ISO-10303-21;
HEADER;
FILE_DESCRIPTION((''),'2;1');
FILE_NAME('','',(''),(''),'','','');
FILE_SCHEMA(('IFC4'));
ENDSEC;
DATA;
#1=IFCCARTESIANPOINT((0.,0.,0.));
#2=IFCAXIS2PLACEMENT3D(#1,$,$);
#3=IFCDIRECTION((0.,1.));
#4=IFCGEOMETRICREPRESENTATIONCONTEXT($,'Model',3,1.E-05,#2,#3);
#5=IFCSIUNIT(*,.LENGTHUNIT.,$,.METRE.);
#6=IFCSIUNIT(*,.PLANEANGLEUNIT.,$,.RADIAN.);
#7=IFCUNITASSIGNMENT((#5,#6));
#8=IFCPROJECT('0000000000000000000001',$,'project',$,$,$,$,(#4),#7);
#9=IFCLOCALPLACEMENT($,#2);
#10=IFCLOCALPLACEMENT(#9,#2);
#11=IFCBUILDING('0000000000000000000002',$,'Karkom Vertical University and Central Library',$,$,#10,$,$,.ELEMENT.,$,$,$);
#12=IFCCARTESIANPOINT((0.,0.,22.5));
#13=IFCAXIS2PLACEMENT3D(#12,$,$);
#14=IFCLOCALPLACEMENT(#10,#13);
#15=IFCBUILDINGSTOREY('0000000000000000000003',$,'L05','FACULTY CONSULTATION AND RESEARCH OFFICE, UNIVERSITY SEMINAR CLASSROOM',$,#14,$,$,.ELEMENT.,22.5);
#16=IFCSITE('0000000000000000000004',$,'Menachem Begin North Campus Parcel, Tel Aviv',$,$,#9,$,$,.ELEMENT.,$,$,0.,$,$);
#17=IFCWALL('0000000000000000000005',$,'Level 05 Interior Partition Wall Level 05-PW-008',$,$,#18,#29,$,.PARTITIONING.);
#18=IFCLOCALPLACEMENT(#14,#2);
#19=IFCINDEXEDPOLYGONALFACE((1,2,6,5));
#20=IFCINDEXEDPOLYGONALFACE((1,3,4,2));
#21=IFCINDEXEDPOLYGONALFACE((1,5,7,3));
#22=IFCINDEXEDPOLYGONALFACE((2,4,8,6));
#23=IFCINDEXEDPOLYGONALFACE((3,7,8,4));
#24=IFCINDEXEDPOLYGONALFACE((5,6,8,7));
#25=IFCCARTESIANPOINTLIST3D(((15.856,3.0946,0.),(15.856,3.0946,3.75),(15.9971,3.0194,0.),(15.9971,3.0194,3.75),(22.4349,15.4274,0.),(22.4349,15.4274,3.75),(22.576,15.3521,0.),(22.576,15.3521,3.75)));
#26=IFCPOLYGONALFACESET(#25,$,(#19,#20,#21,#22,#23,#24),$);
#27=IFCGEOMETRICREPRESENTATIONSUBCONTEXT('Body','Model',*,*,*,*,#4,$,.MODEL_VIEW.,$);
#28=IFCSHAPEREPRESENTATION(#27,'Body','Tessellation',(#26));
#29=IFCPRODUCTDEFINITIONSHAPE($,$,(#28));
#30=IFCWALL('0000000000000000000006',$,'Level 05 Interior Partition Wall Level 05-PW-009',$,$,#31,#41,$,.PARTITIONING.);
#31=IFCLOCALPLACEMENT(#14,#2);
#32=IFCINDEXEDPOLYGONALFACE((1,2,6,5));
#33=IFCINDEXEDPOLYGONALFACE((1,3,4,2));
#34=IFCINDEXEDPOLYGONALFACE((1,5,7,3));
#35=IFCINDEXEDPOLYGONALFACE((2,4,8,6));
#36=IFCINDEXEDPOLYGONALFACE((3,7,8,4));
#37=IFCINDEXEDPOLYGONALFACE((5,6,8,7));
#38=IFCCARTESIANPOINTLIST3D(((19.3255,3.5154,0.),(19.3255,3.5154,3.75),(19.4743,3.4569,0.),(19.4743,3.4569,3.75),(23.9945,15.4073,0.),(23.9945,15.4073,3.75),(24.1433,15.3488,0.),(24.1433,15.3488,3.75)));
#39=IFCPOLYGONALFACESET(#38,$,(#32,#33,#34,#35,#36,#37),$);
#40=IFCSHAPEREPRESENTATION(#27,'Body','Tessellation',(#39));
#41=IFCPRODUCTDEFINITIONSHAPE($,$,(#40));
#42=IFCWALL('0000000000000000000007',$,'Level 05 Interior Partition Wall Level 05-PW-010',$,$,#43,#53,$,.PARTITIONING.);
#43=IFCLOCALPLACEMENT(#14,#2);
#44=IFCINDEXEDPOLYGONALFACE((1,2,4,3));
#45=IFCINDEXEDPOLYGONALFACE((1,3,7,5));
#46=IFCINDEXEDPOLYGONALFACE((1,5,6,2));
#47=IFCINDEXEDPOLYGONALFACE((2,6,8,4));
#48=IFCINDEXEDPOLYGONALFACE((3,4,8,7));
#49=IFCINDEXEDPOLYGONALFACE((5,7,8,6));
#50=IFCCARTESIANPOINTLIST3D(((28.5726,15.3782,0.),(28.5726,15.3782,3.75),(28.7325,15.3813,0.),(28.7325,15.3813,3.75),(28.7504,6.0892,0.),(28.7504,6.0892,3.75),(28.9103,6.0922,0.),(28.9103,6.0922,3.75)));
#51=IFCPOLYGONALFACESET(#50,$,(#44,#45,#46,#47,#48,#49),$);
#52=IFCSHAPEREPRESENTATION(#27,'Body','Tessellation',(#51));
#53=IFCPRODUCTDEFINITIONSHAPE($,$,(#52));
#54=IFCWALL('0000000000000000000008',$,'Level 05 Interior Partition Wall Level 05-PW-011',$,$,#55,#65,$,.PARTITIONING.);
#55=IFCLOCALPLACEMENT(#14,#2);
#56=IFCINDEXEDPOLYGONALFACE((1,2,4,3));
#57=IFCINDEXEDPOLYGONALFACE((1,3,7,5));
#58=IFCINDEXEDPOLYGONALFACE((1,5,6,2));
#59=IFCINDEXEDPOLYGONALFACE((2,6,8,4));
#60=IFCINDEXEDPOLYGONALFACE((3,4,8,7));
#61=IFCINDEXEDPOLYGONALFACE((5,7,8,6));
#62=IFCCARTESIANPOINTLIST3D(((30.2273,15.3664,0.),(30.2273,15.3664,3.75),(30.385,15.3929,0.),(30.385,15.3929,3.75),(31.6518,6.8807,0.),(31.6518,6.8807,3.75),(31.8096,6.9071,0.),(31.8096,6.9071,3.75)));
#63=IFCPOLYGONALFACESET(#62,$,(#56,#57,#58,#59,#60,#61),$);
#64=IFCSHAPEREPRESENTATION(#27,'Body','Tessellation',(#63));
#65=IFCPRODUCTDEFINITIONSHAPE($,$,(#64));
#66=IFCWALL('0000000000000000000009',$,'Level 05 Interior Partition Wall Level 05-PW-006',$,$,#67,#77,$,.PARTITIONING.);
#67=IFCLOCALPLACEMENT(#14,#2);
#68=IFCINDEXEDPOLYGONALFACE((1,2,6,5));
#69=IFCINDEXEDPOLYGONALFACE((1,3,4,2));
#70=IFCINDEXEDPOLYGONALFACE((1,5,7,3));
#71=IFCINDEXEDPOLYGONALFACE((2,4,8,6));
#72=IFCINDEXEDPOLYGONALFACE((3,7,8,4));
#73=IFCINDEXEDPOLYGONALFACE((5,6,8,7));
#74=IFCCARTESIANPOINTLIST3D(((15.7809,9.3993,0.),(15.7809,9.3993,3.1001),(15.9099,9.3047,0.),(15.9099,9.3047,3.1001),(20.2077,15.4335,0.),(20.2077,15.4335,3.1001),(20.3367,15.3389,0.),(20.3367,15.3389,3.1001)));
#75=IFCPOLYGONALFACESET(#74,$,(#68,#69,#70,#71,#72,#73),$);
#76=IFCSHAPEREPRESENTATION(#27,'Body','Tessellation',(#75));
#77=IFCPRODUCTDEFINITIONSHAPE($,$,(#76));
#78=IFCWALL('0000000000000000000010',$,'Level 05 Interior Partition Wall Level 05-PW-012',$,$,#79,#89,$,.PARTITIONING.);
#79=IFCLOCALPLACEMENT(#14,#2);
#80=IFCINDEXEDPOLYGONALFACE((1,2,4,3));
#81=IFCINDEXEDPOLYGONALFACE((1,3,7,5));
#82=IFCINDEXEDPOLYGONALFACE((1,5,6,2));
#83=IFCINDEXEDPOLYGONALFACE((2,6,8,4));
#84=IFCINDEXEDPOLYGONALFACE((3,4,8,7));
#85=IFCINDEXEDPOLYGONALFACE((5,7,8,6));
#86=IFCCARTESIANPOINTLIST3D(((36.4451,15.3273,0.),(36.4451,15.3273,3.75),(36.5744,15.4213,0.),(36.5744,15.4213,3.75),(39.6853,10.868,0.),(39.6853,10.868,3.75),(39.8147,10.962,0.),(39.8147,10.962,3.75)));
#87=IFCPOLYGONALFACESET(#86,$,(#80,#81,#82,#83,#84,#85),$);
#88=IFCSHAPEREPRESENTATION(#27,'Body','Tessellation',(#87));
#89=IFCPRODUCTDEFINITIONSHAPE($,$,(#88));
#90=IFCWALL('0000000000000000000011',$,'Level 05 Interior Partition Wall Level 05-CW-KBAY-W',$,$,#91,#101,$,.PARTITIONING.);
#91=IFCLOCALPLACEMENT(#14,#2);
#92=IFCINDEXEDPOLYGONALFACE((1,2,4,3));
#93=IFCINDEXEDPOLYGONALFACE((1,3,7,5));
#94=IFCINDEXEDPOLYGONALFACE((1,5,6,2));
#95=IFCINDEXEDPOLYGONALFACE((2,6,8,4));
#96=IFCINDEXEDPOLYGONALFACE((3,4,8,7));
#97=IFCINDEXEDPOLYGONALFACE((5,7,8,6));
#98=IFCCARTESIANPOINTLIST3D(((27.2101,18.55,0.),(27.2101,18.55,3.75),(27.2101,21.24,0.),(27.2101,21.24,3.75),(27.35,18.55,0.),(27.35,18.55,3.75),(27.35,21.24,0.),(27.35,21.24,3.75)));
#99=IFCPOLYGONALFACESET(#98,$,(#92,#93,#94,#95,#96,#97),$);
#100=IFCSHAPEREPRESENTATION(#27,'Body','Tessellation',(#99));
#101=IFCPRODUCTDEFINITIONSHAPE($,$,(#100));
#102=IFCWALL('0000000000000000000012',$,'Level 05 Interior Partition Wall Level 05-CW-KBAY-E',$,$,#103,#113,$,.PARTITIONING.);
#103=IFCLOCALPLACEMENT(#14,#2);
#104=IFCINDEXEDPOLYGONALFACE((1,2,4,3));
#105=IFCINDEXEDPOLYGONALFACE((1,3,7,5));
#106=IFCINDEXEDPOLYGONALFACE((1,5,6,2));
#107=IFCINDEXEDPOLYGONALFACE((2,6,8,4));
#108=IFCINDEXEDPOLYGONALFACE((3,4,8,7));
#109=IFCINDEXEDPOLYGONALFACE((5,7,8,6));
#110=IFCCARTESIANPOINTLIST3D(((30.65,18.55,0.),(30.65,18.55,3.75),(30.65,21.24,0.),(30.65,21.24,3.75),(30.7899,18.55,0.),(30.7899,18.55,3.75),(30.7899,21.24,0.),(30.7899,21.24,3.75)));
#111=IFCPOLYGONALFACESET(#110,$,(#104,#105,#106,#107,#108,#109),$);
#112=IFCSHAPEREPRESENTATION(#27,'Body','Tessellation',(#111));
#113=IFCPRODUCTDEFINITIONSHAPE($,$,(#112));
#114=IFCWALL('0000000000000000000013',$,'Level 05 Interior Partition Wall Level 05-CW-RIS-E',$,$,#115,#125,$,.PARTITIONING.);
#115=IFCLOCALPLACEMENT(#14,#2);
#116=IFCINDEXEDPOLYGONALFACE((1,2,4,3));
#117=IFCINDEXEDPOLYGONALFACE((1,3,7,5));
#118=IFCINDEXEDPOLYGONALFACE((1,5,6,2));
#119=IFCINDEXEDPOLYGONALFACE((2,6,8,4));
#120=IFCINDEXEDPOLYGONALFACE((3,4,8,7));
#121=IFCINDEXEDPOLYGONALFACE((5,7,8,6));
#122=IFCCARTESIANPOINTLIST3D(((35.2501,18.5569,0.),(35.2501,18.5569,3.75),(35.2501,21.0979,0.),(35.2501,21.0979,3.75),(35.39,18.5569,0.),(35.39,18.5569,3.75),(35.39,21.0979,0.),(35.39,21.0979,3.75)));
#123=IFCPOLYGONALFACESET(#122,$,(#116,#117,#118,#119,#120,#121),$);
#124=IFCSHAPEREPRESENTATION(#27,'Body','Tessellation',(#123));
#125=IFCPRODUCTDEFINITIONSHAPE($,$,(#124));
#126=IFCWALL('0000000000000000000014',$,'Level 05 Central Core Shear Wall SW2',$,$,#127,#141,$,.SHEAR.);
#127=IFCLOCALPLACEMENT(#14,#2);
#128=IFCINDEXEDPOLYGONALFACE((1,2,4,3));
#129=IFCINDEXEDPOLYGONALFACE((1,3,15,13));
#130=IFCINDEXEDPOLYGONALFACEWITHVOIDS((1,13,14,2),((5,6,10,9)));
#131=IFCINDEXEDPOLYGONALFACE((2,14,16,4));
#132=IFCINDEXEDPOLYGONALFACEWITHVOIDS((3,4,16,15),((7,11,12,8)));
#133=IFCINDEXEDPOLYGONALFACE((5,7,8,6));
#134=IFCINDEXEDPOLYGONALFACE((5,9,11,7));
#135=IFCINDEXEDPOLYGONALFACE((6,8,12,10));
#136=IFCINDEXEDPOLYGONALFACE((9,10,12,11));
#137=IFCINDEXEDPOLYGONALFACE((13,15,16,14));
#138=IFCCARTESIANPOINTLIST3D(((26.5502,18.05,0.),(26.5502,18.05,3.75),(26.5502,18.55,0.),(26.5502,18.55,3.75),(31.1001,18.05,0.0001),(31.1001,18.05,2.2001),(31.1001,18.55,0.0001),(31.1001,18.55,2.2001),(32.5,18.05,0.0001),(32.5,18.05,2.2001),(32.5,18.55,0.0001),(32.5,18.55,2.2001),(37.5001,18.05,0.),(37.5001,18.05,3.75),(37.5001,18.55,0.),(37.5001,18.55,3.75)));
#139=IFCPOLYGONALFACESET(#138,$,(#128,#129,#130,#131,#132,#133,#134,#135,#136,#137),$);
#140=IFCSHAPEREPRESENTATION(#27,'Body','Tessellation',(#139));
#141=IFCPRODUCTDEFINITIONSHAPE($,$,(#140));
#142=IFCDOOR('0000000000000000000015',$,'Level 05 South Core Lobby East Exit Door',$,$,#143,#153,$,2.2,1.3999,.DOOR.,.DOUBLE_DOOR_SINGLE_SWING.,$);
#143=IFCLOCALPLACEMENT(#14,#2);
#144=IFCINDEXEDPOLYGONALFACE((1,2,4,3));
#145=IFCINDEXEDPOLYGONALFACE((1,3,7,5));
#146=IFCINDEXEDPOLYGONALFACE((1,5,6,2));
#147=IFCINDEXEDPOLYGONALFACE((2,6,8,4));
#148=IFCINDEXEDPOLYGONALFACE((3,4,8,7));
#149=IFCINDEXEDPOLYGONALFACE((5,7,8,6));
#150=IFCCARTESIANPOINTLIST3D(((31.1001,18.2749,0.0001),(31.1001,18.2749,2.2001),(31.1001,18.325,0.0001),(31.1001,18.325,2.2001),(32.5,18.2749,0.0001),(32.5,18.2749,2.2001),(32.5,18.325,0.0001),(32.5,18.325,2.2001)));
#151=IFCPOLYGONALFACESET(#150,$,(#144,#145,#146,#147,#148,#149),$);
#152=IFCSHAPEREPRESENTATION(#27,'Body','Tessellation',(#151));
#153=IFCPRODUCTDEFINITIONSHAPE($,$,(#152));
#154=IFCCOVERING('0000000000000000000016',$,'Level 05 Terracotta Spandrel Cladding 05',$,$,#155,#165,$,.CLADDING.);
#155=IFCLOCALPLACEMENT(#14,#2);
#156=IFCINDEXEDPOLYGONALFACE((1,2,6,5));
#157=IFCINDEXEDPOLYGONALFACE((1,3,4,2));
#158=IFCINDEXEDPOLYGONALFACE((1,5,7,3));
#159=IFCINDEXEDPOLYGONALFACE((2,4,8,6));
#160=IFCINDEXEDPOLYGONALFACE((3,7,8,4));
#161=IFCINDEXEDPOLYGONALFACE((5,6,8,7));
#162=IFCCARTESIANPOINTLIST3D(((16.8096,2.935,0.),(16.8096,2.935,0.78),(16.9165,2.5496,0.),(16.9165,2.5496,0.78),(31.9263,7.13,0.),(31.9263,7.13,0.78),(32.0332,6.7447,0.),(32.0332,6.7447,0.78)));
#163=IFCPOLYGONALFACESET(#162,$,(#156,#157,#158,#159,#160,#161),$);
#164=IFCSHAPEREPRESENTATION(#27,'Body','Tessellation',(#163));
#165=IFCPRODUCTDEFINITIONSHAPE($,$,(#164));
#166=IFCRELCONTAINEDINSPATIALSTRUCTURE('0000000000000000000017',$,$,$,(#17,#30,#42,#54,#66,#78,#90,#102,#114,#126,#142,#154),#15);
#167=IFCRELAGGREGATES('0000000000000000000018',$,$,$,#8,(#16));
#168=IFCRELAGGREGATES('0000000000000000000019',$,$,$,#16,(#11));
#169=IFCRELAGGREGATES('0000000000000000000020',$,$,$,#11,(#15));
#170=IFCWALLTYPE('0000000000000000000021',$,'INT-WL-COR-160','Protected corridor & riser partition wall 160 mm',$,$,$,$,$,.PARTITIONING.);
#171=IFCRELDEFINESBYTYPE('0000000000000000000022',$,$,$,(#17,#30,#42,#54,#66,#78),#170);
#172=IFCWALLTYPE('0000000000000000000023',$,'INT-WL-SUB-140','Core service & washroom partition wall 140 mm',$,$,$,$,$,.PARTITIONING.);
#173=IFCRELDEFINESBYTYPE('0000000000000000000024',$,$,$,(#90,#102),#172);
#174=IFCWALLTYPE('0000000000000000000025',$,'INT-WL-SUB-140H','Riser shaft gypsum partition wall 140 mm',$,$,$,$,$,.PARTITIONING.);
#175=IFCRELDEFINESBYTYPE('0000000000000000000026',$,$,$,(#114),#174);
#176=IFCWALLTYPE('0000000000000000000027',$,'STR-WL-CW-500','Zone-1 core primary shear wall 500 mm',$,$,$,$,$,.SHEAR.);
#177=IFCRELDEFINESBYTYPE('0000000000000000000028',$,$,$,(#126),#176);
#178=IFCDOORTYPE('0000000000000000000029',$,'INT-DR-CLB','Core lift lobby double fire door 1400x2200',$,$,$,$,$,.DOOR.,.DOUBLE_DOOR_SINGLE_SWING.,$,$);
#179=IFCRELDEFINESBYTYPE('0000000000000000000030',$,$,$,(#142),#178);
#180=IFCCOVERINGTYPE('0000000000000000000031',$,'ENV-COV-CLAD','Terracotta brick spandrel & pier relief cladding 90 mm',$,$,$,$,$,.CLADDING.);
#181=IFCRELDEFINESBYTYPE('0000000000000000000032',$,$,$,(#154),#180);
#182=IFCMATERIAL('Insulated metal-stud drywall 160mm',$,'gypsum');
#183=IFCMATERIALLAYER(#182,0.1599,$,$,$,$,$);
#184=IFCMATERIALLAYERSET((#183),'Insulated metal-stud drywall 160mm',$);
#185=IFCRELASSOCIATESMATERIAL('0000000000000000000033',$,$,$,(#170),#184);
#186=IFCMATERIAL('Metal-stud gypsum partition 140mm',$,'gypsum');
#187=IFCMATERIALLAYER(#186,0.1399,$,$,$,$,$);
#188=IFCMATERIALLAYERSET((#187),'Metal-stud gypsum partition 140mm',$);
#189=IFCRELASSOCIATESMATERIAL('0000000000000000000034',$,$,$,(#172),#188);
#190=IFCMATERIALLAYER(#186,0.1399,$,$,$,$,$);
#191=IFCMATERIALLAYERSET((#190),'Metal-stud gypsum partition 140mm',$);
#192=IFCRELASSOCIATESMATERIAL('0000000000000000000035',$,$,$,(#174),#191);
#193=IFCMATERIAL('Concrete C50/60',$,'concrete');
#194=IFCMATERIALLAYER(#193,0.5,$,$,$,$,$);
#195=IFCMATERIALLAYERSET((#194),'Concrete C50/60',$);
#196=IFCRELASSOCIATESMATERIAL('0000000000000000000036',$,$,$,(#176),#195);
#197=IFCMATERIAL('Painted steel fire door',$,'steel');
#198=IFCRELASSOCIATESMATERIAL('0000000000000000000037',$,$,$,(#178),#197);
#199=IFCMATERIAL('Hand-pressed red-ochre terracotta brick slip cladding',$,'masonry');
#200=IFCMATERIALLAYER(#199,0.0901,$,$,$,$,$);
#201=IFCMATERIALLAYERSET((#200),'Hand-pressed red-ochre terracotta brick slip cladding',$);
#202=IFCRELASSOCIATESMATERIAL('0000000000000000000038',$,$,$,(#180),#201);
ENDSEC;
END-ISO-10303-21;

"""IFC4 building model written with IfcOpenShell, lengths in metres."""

from ifc_helpers import new_model, si_unit, direction, frame, frame_2d, origin, origin_with_axes, origin_2d, place, context, subcontext, project, spatial, rectangle, extrude, source, transform, mapped, material, layer, layer_set, type_object, element, fill, save


model = new_model("IFC4")

# Units and contexts
model_context = context("Model", 3, precision=1e-05, world=origin(), true_north=direction((0.0, 1.0)))
body_context = subcontext(model_context, "Body", "Model", "MODEL_VIEW")
ifc_project = project(units=[si_unit("LENGTHUNIT", "METRE"), si_unit("PLANEANGLEUNIT", "RADIAN")], contexts=[model_context])

# Site, building, storey
site_placement = place(None, origin())
site = spatial("IfcSite", under=ifc_project, at=site_placement, Name="Menachem Begin North Campus Parcel, Tel Aviv", CompositionType="ELEMENT", RefElevation=0.0)
building_placement = place(site_placement, origin())
building = spatial("IfcBuilding", under=site, at=building_placement, Name="Karkom Vertical University and Central Library", CompositionType="ELEMENT")
storey_placement = place(building_placement, frame((0.0, 0.0, 22.5)))
storey = spatial("IfcBuildingStorey", under=building, at=storey_placement, Name="L05", Description="FACULTY CONSULTATION AND RESEARCH OFFICE, UNIVERSITY SEMINAR CLASSROOM", CompositionType="ELEMENT", Elevation=22.5)

# Shared definitions
ifc_material_1 = material(Name="Concrete C50/60", Category="concrete")

# Walls
ifc_material_2 = material(Name="Insulated metal-stud drywall 160mm", Category="gypsum")
ifc_layer_1 = layer(ifc_material_2, 0.1599)
ifc_layer_set_1 = layer_set([ifc_layer_1], Name="Insulated metal-stud drywall 160mm")
wall_type_1 = type_object("IfcWallType", Name="INT-WL-COR-160", Description="Protected corridor & riser partition wall 160 mm", PredefinedType="PARTITIONING", material=ifc_layer_set_1)
wall_1_placement = place(storey_placement, frame((22.5054, 15.3896, 0.0), z_axis=(0.0, 0.0, 1.0), x_axis=(-0.470665, -0.882312, 0.0)))
element("IfcWall", 1, at=wall_1_placement, inside=storey, type_object=wall_type_1, Name="Level 05 Interior Partition Wall Level 05-PW-008", PredefinedType="PARTITIONING", context=body_context, shape_type="SweptSolid", body=[
    extrude(rectangle(XDim=13.9778, YDim=0.1599, at=frame_2d((6.9888, 0.0))), origin(), (0.0, 0.0, 1.0), 3.75),
])
wall_2_placement = place(storey_placement, frame((24.0688, 15.3779, 0.0), z_axis=(0.0, 0.0, 1.0), x_axis=(-0.365459, -0.930827, 0.0)))
element("IfcWall", 2, at=wall_2_placement, inside=storey, type_object=wall_type_1, Name="Level 05 Interior Partition Wall Level 05-PW-009", PredefinedType="PARTITIONING", context=body_context, shape_type="SweptSolid", body=[
    extrude(rectangle(XDim=12.7756, YDim=0.1599, at=frame_2d((6.3877, 0.0))), origin(), (0.0, 0.0, 1.0), 3.75),
])
wall_3_placement = place(storey_placement, frame((28.6526, 15.3799, 0.0), z_axis=(0.0, 0.0, 1.0), x_axis=(0.01913, -0.999817, 0.0)))
element("IfcWall", 3, at=wall_3_placement, inside=storey, type_object=wall_type_1, Name="Level 05 Interior Partition Wall Level 05-PW-010", PredefinedType="PARTITIONING", context=body_context, shape_type="SweptSolid", body=[
    extrude(rectangle(XDim=9.2908, YDim=0.1599, at=frame_2d((4.6455, 0.0))), origin(), (0.0, 0.0, 1.0), 3.75),
])
wall_4_placement = place(storey_placement, frame((30.3062, 15.3796, 0.0), z_axis=(0.0, 0.0, 1.0), x_axis=(0.165558, -0.9862, 0.0)))
element("IfcWall", 4, at=wall_4_placement, inside=storey, type_object=wall_type_1, Name="Level 05 Interior Partition Wall Level 05-PW-011", PredefinedType="PARTITIONING", context=body_context, shape_type="SweptSolid", body=[
    extrude(rectangle(XDim=8.6045, YDim=0.1599, at=frame_2d((4.3022, 0.0))), origin(), (0.0, 0.0, 1.0), 3.75),
])
wall_5_placement = place(storey_placement, frame((20.2722, 15.3862, 0.0), z_axis=(0.0, 0.0, 1.0), x_axis=(-0.591511, -0.806297, 0.0)))
element("IfcWall", 5, at=wall_5_placement, inside=storey, type_object=wall_type_1, Name="Level 05 Interior Partition Wall Level 05-PW-006", PredefinedType="PARTITIONING", context=body_context, shape_type="SweptSolid", body=[
    extrude(rectangle(XDim=7.4839, YDim=0.1599, at=frame_2d((3.7419, 0.0))), origin(), (0.0, 0.0, 1.0), 3.1001),
])
wall_6_placement = place(storey_placement, frame((36.5098, 15.3743, 0.0), z_axis=(0.0, 0.0, 1.0), x_axis=(0.587835, -0.808981, 0.0)))
element("IfcWall", 6, at=wall_6_placement, inside=storey, type_object=wall_type_1, Name="Level 05 Interior Partition Wall Level 05-PW-012", PredefinedType="PARTITIONING", context=body_context, shape_type="SweptSolid", body=[
    extrude(rectangle(XDim=5.5122, YDim=0.1599, at=frame_2d((2.7561, 0.0))), origin(), (0.0, 0.0, 1.0), 3.75),
])
ifc_material_3 = material(Name="Metal-stud gypsum partition 140mm", Category="gypsum")
ifc_layer_2 = layer(ifc_material_3, 0.1399)
ifc_layer_set_2 = layer_set([ifc_layer_2], Name="Metal-stud gypsum partition 140mm")
wall_type_2 = type_object("IfcWallType", Name="INT-WL-SUB-140", Description="Core service & washroom partition wall 140 mm", PredefinedType="PARTITIONING", material=ifc_layer_set_2)
for number, where, z_axis, x_axis, name in (
    (7, (27.28, 18.55, 0.0), (0.0, 0.0, 1.0), (0.0, 1.0, 0.0), "Level 05 Interior Partition Wall Level 05-CW-KBAY-W"),
    (8, (30.72, 18.55, 0.0), (0.0, 0.0, 1.0), (0.0, 1.0, 0.0), "Level 05 Interior Partition Wall Level 05-CW-KBAY-E"),
):
    element("IfcWall", number, at=place(storey_placement, frame(where, z_axis=z_axis, x_axis=x_axis)), inside=storey, type_object=wall_type_2, Name=name, PredefinedType="PARTITIONING", context=body_context, shape_type="SweptSolid", body=[
        extrude(rectangle(XDim=2.6899, YDim=0.1399, at=frame_2d((1.345, 0.0))), origin(), (0.0, 0.0, 1.0), 3.75),
    ])
ifc_layer_3 = layer(ifc_material_3, 0.1399)
ifc_layer_set_3 = layer_set([ifc_layer_3], Name="Metal-stud gypsum partition 140mm")
wall_type_3 = type_object("IfcWallType", Name="INT-WL-SUB-140H", Description="Riser shaft gypsum partition wall 140 mm", PredefinedType="PARTITIONING", material=ifc_layer_set_3)
wall_7_placement = place(storey_placement, frame((35.3201, 18.5569, 0.0), z_axis=(0.0, 0.0, 1.0), x_axis=(0.0, 1.0, 0.0)))
element("IfcWall", 9, at=wall_7_placement, inside=storey, type_object=wall_type_3, Name="Level 05 Interior Partition Wall Level 05-CW-RIS-E", PredefinedType="PARTITIONING", context=body_context, shape_type="SweptSolid", body=[
    extrude(rectangle(XDim=2.541, YDim=0.1399, at=frame_2d((1.2705, 0.0))), origin(), (0.0, 0.0, 1.0), 3.75),
])

# Wall, opening, door
ifc_layer_4 = layer(ifc_material_1, 0.5)
ifc_layer_set_4 = layer_set([ifc_layer_4], Name="Concrete C50/60")
wall_type_4 = type_object("IfcWallType", Name="STR-WL-CW-500", Description="Zone-1 core primary shear wall 500 mm", PredefinedType="SHEAR", material=ifc_layer_set_4)
wall_8_placement = place(storey_placement, frame((26.55, 18.3, 0.0), z_axis=(0.0, 0.0, 1.0), x_axis=(1.0, 0.0, 0.0)))
wall_8 = element("IfcWall", 10, at=wall_8_placement, inside=storey, type_object=wall_type_4, Name="Level 05 Central Core Shear Wall SW2", PredefinedType="SHEAR", context=body_context, shape_type="SweptSolid", body=[
    extrude(rectangle(XDim=10.95, YDim=0.5, at=frame_2d((5.4751, 0.0))), origin(), (0.0, 0.0, 1.0), 3.75),
])
opening_1_placement = place(wall_8_placement, frame((4.55, 0.0, 0.0)))
opening_1 = element("IfcOpeningElement", 11, at=opening_1_placement, cuts=wall_8, PredefinedType="OPENING", context=body_context, shape_type="SweptSolid", body=[
    extrude(rectangle(XDim=1.3999, YDim=2.2, at=frame_2d((0.7, 1.1001))), frame((0.0, 0.26, 0.0), z_axis=(0.0, -1.0, 0.0), x_axis=(1.0, 0.0, 0.0)), (0.0, 0.0, 1.0), 0.52),
])
ifc_material_4 = material(Name="Painted steel fire door", Category="steel")
door_type_1 = type_object("IfcDoorType", Name="INT-DR-CLB", Description="Core lift lobby double fire door 1400x2200", OperationType="DOUBLE_DOOR_SINGLE_SWING", PredefinedType="DOOR", material=ifc_material_4)
shared_shape_1 = source(origin_with_axes(), body_context, "Body", "SweptSolid", [
    extrude(rectangle(XDim=1.3999, YDim=2.2, at=frame_2d((0.7, 1.1001))), frame((0.0, 0.0249, 0.0), z_axis=(0.0, -1.0, 0.0), x_axis=(1.0, 0.0, 0.0)), (0.0, 0.0, 1.0), 0.05),
])
door_1_placement = place(opening_1_placement, origin())
door_1 = element("IfcDoor", 12, at=door_1_placement, inside=storey, type_object=door_type_1, Name="Level 05 South Core Lobby East Exit Door", OperationType="DOUBLE_DOOR_SINGLE_SWING", OverallHeight=2.2, OverallWidth=1.3999, PredefinedType="DOOR", context=body_context, shape_type="MappedRepresentation", body=[
    mapped(shared_shape_1, transform((0.0, 0.0, 0.0), scale=1.0)),
])
fill(opening_1, door_1)

# Covering
ifc_material_5 = material(Name="Hand-pressed red-ochre terracotta brick slip cladding", Category="masonry")
ifc_layer_5 = layer(ifc_material_5, 0.0901)
ifc_layer_set_5 = layer_set([ifc_layer_5], Name="Hand-pressed red-ochre terracotta brick slip cladding")
covering_type = type_object("IfcCoveringType", Name="ENV-COV-CLAD", Description="Terracotta brick spandrel & pier relief cladding 90 mm", PredefinedType="CLADDING", material=ifc_layer_set_5)
shared_shape_2 = source(origin_with_axes(), body_context, "Body", "SweptSolid", [
    extrude(rectangle(XDim=15.688, YDim=0.3999, at=origin_2d()), origin(), (0.0, 0.0, 1.0), 0.78),
])
covering_placement = place(storey_placement, frame((24.4214, 4.8398, 0.0), z_axis=(0.0, 0.0, 1.0), x_axis=(0.963584, 0.267407, 0.0)))
element("IfcCovering", 13, at=covering_placement, inside=storey, type_object=covering_type, Name="Level 05 Terracotta Spandrel Cladding 05", PredefinedType="CLADDING", context=body_context, shape_type="MappedRepresentation", body=[
    mapped(shared_shape_2, transform((0.0, 0.0, 0.0), scale=1.0)),
])

save(model, "model.ifc")
